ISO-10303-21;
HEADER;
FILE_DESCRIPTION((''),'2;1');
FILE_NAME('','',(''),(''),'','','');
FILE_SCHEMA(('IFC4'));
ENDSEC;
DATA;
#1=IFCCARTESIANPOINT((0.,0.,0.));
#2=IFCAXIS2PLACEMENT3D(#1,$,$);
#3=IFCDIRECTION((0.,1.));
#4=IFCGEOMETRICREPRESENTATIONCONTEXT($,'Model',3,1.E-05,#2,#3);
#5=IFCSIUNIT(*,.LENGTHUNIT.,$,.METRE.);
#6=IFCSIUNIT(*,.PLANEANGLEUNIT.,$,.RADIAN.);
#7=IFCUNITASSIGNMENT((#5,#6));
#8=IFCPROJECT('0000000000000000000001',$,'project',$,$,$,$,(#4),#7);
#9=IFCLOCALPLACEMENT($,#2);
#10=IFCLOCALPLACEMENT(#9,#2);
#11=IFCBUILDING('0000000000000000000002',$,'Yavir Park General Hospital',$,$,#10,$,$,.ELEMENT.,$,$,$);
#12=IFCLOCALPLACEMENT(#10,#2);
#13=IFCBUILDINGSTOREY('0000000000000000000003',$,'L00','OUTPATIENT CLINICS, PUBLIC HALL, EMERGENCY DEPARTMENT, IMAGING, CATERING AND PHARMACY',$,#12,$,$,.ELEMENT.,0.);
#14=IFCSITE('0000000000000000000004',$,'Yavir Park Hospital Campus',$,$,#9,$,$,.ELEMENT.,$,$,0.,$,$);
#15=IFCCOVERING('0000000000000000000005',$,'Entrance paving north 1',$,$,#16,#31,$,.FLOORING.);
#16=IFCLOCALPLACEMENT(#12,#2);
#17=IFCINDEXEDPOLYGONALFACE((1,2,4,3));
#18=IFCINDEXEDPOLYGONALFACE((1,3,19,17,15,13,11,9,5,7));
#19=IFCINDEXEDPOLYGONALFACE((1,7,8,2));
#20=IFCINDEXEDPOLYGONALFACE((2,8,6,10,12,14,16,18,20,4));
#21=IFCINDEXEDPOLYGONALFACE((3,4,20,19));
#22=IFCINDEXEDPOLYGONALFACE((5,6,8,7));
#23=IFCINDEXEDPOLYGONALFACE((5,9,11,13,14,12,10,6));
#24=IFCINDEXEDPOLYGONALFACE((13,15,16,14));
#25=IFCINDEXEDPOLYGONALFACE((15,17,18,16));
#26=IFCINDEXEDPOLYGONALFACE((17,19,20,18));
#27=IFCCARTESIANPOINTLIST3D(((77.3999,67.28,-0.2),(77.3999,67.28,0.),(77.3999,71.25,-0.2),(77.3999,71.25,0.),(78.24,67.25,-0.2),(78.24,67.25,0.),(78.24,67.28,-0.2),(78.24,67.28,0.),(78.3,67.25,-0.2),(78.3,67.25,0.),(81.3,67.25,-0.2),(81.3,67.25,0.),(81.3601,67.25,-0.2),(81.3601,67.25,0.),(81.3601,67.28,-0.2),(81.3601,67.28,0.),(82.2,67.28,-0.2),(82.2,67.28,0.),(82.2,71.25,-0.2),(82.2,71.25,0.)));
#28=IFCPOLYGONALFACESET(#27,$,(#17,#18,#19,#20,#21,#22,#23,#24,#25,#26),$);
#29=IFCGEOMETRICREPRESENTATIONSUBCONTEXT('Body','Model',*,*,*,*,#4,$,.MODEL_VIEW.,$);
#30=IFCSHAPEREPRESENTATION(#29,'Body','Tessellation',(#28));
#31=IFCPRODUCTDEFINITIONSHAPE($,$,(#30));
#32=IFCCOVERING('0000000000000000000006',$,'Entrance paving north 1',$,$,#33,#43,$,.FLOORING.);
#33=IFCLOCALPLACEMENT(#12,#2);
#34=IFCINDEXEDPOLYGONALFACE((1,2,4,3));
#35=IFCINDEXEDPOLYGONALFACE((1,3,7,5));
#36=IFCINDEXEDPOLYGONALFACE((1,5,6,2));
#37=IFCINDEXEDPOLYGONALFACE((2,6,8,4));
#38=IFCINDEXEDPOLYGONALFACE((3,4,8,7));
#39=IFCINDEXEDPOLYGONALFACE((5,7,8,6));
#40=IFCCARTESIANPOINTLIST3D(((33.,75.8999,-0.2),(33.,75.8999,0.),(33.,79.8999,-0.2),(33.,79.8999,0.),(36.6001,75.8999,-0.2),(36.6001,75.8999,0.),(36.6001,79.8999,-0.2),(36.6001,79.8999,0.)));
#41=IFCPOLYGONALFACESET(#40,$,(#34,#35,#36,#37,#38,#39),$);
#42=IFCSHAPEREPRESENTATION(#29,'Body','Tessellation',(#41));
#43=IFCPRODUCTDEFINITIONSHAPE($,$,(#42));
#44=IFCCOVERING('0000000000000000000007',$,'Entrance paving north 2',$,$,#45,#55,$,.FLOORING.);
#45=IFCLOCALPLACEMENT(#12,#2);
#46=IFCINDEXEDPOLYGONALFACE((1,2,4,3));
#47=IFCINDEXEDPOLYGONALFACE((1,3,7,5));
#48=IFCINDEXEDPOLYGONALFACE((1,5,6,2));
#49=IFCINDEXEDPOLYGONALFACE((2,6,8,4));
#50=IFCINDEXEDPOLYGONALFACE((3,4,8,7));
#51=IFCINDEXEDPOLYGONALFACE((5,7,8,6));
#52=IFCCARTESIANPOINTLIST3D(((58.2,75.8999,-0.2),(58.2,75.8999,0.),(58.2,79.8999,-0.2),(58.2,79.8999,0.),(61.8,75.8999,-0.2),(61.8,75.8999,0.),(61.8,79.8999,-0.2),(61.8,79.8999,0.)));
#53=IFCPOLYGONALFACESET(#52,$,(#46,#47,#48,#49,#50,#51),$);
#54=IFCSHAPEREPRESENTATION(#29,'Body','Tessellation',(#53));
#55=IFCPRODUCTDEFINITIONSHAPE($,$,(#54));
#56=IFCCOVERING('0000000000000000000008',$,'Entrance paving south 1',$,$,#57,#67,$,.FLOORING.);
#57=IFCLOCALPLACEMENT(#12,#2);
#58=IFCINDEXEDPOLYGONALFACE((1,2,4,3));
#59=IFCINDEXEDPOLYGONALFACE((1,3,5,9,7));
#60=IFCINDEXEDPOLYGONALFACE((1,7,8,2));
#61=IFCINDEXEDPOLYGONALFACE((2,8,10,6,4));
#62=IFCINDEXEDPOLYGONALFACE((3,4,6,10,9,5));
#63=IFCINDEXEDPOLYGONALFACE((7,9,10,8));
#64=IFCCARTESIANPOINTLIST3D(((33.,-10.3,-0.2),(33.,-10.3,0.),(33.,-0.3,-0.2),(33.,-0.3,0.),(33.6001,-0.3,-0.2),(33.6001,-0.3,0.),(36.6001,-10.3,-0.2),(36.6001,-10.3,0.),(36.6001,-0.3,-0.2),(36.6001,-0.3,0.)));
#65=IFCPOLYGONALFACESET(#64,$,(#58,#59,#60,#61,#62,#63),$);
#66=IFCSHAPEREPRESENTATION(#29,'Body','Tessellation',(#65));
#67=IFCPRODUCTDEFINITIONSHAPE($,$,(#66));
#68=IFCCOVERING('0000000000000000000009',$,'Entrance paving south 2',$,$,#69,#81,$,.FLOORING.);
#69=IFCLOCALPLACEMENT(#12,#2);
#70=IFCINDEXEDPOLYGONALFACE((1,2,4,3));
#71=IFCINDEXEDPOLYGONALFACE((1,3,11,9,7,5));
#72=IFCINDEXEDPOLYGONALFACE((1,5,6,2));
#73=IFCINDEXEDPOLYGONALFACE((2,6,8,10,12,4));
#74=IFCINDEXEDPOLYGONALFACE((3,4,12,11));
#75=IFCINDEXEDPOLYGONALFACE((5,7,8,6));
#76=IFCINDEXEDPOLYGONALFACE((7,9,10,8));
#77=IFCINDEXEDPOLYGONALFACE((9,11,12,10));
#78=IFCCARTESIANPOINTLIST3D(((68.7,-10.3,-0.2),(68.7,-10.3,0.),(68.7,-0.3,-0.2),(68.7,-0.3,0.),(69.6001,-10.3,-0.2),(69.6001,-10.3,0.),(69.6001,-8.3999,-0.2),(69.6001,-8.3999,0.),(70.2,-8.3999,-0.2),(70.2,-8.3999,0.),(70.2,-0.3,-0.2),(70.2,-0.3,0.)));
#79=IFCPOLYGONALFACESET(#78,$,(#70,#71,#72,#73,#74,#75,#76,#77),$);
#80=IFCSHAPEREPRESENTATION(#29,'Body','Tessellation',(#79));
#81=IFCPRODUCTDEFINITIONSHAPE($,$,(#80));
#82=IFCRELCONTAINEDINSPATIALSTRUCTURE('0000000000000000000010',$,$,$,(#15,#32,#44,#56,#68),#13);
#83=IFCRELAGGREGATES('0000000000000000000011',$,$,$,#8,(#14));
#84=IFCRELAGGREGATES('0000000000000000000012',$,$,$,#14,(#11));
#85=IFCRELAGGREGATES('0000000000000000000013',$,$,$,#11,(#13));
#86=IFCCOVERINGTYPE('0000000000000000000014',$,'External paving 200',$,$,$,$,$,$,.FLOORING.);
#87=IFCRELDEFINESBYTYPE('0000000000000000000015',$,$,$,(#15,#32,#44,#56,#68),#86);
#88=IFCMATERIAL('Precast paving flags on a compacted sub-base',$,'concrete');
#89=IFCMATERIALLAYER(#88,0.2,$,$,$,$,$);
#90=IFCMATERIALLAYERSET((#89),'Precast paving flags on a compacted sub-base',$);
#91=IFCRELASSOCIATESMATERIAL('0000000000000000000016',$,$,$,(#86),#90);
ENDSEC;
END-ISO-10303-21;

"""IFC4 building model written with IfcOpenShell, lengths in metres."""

from ifc_helpers import new_model, si_unit, direction, frame, origin, place, context, subcontext, project, spatial, polyline, outline, extrude, material, layer, layer_set, type_object, element, save


model = new_model("IFC4")

# Units and contexts
model_context = context("Model", 3, precision=1e-05, world=origin(), true_north=direction((0.0, 1.0)))
body_context = subcontext(model_context, "Body", "Model", "MODEL_VIEW")
ifc_project = project(units=[si_unit("LENGTHUNIT", "METRE"), si_unit("PLANEANGLEUNIT", "RADIAN")], contexts=[model_context])

# Site, building, storey
site_placement = place(None, origin())
site = spatial("IfcSite", under=ifc_project, at=site_placement, Name="Yavir Park Hospital Campus", CompositionType="ELEMENT", RefElevation=0.0)
building_placement = place(site_placement, origin())
building = spatial("IfcBuilding", under=site, at=building_placement, Name="Yavir Park General Hospital", CompositionType="ELEMENT")
storey_placement = place(building_placement, origin())
storey = spatial("IfcBuildingStorey", under=building, at=storey_placement, Name="L00", Description="OUTPATIENT CLINICS, PUBLIC HALL, EMERGENCY DEPARTMENT, IMAGING, CATERING AND PHARMACY", CompositionType="ELEMENT", Elevation=0.0)

# Coverings
ifc_material_1 = material(Name="Precast paving flags on a compacted sub-base", Category="concrete")
ifc_layer_1 = layer(ifc_material_1, 0.2)
ifc_layer_set_1 = layer_set([ifc_layer_1], Name="Precast paving flags on a compacted sub-base")
covering_type = type_object("IfcCoveringType", Name="External paving 200", PredefinedType="FLOORING", material=ifc_layer_set_1)
covering_1_placement = place(storey_placement, frame((0.0, 0.0, -0.2)))
element("IfcCovering", 1, at=covering_1_placement, inside=storey, type_object=covering_type, Name="Entrance paving north 1", PredefinedType="FLOORING", context=body_context, shape_type="SweptSolid", body=[
    extrude(outline(polyline([(78.24, 67.28), (77.3999, 67.28), (77.3999, 71.25), (82.2, 71.25), (82.2, 67.28), (81.3601, 67.28), (81.3601, 67.25), (81.3, 67.25), (78.3, 67.25), (78.24, 67.25), (78.24, 67.28)])), origin(), (0.0, 0.0, 1.0), 0.2),
])
covering_2_placement = place(storey_placement, frame((0.0, 0.0, -0.2)))
element("IfcCovering", 2, at=covering_2_placement, inside=storey, type_object=covering_type, Name="Entrance paving north 1", PredefinedType="FLOORING", context=body_context, shape_type="SweptSolid", body=[
    extrude(outline(polyline([(36.6001, 75.8999), (33.0, 75.8999), (33.0, 79.8999), (36.6001, 79.8999), (36.6001, 75.8999)])), origin(), (0.0, 0.0, 1.0), 0.2),
])
covering_3_placement = place(storey_placement, frame((0.0, 0.0, -0.2)))
element("IfcCovering", 3, at=covering_3_placement, inside=storey, type_object=covering_type, Name="Entrance paving north 2", PredefinedType="FLOORING", context=body_context, shape_type="SweptSolid", body=[
    extrude(outline(polyline([(58.2, 75.8999), (58.2, 79.8999), (61.8, 79.8999), (61.8, 75.8999), (58.2, 75.8999)])), origin(), (0.0, 0.0, 1.0), 0.2),
])
covering_4_placement = place(storey_placement, frame((0.0, 0.0, -0.2)))
element("IfcCovering", 4, at=covering_4_placement, inside=storey, type_object=covering_type, Name="Entrance paving south 1", PredefinedType="FLOORING", context=body_context, shape_type="SweptSolid", body=[
    extrude(outline(polyline([(33.0, -10.3), (33.0, -0.3), (33.6001, -0.3), (36.6001, -0.3), (36.6001, -10.3), (33.0, -10.3)])), origin(), (0.0, 0.0, 1.0), 0.2),
])
covering_5_placement = place(storey_placement, frame((0.0, 0.0, -0.2)))
element("IfcCovering", 5, at=covering_5_placement, inside=storey, type_object=covering_type, Name="Entrance paving south 2", PredefinedType="FLOORING", context=body_context, shape_type="SweptSolid", body=[
    extrude(outline(polyline([(69.6001, -8.3999), (69.6001, -10.3), (68.7, -10.3), (68.7, -0.3), (70.2, -0.3), (70.2, -8.3999), (69.6001, -8.3999)])), origin(), (0.0, 0.0, 1.0), 0.2),
])

save(model, "model.ifc")
